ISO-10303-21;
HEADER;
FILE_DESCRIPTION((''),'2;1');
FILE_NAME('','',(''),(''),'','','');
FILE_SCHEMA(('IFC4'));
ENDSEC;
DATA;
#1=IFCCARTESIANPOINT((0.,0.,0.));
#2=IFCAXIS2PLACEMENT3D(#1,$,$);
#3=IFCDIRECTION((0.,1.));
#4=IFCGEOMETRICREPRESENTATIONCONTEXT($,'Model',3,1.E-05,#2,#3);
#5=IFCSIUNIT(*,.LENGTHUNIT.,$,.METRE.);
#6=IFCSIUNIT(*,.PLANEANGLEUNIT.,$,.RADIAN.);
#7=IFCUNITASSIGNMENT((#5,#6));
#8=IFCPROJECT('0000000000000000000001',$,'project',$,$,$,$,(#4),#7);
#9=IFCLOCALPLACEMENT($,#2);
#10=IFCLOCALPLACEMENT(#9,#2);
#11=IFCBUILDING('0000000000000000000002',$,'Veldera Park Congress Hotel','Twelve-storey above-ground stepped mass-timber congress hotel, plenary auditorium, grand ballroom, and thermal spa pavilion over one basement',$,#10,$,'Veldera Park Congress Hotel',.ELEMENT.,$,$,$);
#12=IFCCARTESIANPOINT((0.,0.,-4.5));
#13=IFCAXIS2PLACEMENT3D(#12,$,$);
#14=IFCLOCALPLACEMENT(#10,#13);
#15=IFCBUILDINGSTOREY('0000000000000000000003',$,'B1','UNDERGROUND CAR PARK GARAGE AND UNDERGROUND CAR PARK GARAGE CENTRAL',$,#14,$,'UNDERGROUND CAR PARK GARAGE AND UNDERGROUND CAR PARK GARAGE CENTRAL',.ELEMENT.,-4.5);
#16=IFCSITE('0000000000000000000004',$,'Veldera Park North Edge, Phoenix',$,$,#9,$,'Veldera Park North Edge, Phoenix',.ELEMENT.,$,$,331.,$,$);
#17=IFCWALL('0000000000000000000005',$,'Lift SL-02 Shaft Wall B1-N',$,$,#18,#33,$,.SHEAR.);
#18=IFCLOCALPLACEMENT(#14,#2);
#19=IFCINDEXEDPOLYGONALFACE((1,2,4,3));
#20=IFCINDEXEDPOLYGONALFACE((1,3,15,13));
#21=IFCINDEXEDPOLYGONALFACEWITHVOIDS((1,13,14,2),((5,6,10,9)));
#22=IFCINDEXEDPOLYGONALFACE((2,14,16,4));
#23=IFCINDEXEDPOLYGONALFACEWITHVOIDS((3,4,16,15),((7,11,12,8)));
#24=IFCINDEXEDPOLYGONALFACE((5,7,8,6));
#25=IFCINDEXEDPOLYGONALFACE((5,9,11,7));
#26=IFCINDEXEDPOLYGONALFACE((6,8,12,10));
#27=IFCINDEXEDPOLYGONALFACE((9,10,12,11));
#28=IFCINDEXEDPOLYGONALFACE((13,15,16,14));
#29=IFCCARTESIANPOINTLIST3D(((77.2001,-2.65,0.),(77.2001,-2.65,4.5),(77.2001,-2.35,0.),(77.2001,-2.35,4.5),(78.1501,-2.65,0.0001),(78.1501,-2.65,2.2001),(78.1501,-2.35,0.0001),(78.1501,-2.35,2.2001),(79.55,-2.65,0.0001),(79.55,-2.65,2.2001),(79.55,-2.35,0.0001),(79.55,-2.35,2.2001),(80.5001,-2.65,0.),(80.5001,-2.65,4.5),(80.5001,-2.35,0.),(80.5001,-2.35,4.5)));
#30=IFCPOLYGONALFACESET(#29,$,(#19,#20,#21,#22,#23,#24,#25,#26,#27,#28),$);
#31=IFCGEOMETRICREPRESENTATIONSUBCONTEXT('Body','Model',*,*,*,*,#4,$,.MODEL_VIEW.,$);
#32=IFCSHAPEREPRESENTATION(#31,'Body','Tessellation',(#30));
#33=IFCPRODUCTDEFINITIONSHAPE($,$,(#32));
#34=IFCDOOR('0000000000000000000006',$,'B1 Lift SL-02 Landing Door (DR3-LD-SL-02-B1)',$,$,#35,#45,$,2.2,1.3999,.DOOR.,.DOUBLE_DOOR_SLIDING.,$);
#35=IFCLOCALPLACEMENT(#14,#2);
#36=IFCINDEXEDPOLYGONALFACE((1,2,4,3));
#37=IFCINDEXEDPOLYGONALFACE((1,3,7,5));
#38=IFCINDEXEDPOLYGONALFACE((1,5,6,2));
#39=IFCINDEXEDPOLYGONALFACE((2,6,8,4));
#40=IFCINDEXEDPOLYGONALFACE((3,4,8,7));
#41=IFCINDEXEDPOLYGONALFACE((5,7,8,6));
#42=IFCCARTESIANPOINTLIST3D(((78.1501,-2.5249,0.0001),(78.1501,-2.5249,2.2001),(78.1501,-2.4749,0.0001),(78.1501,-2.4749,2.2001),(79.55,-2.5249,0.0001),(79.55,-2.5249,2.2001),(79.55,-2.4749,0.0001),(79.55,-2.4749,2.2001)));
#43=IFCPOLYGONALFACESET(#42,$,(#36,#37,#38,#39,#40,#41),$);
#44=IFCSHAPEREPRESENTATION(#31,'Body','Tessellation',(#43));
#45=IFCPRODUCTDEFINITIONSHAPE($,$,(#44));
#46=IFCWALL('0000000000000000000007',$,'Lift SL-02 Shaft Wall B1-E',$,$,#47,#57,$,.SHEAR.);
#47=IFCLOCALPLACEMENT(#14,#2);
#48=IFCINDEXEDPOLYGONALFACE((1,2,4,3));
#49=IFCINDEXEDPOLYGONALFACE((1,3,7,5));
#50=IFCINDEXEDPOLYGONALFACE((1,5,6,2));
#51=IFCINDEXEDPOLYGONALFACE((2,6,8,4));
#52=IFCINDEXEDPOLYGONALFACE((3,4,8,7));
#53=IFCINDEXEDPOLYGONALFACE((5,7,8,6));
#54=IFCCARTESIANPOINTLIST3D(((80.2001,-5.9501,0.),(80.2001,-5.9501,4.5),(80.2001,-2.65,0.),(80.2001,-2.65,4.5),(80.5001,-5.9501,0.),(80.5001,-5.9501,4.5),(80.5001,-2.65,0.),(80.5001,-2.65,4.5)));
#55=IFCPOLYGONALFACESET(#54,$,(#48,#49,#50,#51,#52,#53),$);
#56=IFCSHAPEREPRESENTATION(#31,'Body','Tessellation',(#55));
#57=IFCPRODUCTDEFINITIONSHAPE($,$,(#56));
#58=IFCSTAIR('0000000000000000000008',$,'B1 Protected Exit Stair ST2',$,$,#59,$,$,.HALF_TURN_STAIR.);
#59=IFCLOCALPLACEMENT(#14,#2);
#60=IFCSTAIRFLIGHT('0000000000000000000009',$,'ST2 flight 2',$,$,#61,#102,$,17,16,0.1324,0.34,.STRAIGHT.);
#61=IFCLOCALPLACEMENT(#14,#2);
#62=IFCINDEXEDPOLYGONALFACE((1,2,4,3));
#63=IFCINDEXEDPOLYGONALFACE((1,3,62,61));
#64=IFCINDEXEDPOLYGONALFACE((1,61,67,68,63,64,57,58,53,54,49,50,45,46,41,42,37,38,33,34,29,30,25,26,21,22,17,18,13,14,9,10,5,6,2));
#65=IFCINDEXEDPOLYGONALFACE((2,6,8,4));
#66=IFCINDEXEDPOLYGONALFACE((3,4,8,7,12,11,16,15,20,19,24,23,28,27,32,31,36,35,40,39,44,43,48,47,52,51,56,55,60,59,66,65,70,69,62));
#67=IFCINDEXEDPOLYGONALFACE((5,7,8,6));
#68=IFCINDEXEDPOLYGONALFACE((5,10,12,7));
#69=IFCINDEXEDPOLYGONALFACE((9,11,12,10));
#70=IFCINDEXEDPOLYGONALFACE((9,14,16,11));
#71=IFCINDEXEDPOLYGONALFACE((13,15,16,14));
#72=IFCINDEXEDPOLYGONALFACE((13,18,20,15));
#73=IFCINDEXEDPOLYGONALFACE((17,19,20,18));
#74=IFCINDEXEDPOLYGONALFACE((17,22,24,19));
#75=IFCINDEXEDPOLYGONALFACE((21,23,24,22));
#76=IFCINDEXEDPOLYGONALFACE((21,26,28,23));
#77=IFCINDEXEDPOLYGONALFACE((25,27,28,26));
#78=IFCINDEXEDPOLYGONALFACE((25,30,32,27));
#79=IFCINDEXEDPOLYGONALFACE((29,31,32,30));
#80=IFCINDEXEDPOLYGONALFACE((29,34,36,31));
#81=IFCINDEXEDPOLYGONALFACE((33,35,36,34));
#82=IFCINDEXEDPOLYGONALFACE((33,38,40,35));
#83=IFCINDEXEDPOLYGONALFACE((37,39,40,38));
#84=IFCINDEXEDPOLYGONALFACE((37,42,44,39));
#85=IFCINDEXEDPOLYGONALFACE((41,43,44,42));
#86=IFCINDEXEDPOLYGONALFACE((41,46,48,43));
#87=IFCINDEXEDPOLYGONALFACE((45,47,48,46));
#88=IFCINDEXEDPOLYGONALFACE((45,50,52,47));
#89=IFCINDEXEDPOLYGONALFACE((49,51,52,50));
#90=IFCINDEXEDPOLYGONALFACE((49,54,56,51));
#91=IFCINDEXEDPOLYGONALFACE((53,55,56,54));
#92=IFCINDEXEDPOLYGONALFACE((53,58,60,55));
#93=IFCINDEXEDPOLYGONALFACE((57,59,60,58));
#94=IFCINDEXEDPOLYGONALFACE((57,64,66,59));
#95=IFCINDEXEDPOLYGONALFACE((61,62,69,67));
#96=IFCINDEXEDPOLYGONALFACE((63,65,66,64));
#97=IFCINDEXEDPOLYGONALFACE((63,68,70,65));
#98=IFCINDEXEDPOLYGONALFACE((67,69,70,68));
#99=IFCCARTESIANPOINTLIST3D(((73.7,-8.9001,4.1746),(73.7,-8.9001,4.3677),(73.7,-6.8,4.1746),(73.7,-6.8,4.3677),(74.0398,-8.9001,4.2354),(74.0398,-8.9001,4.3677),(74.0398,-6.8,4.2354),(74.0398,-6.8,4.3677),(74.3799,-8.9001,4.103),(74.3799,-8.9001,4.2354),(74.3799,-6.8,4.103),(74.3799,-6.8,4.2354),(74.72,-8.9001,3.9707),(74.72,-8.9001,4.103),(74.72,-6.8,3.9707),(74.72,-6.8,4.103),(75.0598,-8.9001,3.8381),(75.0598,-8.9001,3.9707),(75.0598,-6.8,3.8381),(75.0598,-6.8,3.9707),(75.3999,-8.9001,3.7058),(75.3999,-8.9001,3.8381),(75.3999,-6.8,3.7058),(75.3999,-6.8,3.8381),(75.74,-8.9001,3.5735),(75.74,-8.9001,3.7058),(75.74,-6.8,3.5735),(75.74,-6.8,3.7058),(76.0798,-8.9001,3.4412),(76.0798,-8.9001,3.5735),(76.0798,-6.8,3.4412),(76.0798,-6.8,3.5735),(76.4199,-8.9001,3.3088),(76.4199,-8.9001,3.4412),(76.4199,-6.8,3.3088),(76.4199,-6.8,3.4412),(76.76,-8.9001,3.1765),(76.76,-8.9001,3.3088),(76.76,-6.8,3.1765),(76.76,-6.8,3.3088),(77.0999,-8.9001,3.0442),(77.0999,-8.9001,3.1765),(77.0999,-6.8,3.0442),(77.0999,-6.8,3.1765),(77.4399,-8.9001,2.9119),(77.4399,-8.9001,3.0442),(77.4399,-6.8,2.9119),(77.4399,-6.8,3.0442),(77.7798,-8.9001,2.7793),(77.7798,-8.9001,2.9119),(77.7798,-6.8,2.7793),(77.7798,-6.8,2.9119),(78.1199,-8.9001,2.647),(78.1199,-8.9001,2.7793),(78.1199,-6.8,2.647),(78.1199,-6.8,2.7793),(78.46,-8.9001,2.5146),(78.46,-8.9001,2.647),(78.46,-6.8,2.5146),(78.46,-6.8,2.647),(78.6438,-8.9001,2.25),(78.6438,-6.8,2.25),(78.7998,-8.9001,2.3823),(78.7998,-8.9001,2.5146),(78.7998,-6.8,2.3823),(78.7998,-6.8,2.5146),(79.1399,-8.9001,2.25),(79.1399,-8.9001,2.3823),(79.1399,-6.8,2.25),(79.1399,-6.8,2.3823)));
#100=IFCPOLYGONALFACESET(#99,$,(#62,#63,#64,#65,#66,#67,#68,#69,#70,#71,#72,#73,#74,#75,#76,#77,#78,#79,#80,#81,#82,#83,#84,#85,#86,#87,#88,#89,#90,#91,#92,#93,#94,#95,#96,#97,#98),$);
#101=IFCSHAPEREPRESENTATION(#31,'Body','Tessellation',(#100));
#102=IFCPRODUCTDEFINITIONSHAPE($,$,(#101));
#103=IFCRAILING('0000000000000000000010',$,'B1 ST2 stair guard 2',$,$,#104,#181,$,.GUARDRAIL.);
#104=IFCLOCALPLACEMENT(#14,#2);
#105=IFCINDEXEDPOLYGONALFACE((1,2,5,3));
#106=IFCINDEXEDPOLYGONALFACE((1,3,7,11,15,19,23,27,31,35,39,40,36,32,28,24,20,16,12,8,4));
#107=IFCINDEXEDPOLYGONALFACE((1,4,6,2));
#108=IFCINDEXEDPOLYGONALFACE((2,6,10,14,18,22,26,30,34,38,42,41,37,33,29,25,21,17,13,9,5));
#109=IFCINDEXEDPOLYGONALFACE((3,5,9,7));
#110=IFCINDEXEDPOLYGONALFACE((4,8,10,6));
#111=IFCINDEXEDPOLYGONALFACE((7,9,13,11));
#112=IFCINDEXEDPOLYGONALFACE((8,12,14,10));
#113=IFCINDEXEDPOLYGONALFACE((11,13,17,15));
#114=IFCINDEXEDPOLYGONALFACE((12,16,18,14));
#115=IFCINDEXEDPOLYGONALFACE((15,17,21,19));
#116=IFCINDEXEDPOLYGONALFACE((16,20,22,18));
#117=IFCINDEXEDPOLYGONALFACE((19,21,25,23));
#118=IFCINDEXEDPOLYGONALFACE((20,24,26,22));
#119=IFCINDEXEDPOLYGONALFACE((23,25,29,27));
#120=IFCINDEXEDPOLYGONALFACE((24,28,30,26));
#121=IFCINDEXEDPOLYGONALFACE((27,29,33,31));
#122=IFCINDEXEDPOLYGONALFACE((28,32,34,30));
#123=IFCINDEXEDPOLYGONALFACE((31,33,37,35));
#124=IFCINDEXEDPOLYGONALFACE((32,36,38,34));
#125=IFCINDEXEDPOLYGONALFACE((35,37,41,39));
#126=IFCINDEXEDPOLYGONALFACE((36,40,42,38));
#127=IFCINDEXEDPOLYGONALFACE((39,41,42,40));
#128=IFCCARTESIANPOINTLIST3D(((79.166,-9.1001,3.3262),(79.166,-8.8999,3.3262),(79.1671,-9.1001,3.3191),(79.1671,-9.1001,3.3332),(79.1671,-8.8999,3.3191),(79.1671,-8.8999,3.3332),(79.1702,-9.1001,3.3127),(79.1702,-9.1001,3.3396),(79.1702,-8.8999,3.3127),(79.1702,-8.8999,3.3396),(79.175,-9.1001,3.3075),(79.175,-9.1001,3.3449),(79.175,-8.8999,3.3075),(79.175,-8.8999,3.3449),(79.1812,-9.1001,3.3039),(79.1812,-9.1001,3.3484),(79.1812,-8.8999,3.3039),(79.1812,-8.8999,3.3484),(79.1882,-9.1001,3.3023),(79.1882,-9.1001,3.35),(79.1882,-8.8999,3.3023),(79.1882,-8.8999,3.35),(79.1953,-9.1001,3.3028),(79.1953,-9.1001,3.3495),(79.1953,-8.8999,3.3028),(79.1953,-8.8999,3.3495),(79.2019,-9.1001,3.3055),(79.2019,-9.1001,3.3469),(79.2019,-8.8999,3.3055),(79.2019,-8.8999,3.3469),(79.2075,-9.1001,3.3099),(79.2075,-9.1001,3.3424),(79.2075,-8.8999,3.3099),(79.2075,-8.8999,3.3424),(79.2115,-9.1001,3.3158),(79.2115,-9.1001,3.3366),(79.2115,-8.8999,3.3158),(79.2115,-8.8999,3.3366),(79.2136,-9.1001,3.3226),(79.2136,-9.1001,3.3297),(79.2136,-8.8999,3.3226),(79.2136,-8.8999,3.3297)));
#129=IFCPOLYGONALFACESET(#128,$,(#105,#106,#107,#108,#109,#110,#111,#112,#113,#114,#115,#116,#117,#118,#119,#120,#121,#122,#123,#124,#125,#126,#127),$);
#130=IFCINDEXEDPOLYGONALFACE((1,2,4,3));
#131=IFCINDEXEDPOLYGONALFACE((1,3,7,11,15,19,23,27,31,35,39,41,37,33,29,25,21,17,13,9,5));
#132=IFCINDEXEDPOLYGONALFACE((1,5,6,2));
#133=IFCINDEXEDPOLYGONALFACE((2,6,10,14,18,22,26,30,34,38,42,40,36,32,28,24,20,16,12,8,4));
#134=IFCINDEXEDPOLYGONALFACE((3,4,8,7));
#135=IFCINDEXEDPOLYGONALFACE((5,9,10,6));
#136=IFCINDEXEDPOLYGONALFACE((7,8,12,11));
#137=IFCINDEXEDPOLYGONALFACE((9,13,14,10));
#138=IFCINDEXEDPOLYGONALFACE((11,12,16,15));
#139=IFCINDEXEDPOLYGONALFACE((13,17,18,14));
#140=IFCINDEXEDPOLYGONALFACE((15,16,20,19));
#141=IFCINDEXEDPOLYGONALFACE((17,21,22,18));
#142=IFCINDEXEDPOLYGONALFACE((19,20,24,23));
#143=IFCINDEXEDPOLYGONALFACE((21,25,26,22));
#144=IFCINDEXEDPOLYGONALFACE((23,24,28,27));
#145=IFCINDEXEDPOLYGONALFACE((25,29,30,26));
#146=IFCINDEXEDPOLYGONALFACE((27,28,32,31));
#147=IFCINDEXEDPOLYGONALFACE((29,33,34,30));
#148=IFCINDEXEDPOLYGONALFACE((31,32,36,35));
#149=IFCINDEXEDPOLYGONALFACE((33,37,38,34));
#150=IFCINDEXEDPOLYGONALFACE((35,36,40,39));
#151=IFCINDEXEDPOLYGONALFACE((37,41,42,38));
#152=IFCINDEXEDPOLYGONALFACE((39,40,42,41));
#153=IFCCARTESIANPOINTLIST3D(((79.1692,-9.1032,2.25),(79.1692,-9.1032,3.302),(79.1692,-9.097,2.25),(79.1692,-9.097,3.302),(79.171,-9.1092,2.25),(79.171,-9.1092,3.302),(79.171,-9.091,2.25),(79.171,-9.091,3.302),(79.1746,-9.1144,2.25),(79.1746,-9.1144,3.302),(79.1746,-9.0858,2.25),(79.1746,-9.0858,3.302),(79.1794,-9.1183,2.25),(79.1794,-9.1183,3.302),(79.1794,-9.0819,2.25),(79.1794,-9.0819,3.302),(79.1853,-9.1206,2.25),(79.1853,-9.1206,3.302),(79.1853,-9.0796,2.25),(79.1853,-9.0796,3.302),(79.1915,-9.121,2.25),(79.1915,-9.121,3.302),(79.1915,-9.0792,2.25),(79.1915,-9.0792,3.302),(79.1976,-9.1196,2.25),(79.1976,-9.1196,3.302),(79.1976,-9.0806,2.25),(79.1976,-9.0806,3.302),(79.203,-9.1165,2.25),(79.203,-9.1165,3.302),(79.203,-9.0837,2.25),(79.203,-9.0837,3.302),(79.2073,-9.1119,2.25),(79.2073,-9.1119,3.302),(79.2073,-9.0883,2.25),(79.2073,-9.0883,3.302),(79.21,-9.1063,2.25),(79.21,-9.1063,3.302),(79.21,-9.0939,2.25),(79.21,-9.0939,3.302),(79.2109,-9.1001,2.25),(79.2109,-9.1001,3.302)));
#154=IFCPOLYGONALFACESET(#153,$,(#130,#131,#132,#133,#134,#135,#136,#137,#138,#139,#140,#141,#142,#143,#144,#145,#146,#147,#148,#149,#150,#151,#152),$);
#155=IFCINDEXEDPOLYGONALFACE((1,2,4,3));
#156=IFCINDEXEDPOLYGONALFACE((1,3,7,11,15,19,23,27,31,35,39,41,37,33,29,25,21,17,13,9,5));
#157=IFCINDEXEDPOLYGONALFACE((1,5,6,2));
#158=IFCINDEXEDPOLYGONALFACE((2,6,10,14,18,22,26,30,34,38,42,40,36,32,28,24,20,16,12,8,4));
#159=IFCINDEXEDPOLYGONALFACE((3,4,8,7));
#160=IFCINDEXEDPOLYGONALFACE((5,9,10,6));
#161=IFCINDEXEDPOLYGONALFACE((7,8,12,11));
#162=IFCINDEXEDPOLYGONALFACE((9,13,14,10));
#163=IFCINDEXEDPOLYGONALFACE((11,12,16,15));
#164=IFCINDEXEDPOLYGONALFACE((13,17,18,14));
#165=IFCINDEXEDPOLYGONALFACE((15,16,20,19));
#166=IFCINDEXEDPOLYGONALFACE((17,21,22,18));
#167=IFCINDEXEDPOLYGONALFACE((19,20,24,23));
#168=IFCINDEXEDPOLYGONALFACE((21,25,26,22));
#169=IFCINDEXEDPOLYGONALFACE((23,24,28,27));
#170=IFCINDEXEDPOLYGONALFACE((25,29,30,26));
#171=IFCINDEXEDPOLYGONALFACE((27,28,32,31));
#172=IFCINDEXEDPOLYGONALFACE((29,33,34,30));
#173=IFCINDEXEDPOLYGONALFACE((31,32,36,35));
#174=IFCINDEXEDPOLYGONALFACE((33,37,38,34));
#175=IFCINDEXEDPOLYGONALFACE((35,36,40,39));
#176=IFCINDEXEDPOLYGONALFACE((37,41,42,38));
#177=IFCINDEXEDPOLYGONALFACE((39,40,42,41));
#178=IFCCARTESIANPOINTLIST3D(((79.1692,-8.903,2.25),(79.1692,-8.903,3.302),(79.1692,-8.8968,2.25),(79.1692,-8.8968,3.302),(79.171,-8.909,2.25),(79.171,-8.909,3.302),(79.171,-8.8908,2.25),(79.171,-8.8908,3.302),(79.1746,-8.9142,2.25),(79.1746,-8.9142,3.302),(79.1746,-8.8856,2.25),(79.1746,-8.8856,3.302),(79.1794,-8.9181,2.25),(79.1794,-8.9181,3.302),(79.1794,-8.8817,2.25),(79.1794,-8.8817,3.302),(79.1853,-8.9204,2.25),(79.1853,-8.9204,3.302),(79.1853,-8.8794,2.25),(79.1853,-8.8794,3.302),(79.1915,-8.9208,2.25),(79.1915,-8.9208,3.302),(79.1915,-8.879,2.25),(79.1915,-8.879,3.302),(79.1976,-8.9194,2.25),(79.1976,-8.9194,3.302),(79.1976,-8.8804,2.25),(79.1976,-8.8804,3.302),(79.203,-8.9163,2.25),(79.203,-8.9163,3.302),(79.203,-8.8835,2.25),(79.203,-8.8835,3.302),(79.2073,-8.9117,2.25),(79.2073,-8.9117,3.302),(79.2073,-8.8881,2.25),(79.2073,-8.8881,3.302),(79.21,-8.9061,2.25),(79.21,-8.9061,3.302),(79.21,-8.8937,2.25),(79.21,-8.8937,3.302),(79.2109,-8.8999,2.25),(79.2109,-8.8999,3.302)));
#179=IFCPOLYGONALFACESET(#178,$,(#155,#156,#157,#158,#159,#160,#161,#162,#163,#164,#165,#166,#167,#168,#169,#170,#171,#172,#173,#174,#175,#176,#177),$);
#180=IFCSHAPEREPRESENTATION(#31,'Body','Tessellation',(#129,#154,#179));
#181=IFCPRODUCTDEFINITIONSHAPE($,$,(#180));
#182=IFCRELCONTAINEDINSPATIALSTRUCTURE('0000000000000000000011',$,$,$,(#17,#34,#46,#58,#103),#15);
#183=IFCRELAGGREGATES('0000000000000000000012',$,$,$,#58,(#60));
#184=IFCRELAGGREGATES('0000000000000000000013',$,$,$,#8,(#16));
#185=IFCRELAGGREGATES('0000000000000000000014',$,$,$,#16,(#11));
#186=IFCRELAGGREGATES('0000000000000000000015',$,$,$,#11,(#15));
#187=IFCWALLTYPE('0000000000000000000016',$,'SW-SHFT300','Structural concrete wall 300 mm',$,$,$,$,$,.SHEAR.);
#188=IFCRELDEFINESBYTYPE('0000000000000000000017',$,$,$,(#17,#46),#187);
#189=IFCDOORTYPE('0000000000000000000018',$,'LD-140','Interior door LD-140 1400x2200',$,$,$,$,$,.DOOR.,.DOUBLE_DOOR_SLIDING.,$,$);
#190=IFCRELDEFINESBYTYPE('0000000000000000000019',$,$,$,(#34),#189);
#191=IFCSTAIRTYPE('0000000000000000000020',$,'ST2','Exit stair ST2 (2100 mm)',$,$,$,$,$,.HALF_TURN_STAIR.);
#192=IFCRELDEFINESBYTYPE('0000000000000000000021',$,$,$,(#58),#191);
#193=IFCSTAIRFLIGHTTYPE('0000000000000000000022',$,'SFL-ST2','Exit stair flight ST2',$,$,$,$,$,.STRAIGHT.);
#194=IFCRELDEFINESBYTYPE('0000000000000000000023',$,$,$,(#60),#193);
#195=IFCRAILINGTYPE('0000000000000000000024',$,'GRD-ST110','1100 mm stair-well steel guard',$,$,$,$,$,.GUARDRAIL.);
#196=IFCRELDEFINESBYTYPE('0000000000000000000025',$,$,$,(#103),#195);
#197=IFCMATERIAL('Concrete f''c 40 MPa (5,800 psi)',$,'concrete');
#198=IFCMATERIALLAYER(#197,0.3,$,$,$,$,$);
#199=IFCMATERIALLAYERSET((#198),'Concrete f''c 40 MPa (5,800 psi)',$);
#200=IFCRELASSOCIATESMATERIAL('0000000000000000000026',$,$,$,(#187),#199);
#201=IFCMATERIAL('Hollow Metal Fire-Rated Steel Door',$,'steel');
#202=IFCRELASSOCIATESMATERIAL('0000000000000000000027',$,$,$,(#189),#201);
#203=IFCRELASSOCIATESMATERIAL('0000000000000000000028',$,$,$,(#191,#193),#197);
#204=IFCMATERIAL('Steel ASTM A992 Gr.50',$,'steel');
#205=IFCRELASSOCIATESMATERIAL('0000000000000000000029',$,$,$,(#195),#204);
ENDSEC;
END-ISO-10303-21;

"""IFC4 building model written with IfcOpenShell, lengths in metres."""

from ifc_helpers import new_model, si_unit, direction, frame, frame_2d, origin, origin_2d, place, context, subcontext, project, spatial, polyline, rectangle, circle, outline, extrude, material, layer, layer_set, type_object, element, fill, aggregate, save


model = new_model("IFC4")

# Units and contexts
model_context = context("Model", 3, precision=1e-05, world=origin(), true_north=direction((0.0, 1.0)))
body_context = subcontext(model_context, "Body", "Model", "MODEL_VIEW")
ifc_project = project(units=[si_unit("LENGTHUNIT", "METRE"), si_unit("PLANEANGLEUNIT", "RADIAN")], contexts=[model_context])

# Site, building, storey
site_placement = place(None, origin())
site = spatial("IfcSite", under=ifc_project, at=site_placement, Name="Veldera Park North Edge, Phoenix", LongName="Veldera Park North Edge, Phoenix", CompositionType="ELEMENT", RefElevation=331.0)
building_placement = place(site_placement, origin())
building = spatial("IfcBuilding", under=site, at=building_placement, Name="Veldera Park Congress Hotel", Description="Twelve-storey above-ground stepped mass-timber congress hotel, plenary auditorium, grand ballroom, and thermal spa pavilion over one basement", LongName="Veldera Park Congress Hotel", CompositionType="ELEMENT")
storey_placement = place(building_placement, frame((0.0, 0.0, -4.5)))
storey = spatial("IfcBuildingStorey", under=building, at=storey_placement, Name="B1", Description="UNDERGROUND CAR PARK GARAGE AND UNDERGROUND CAR PARK GARAGE CENTRAL", LongName="UNDERGROUND CAR PARK GARAGE AND UNDERGROUND CAR PARK GARAGE CENTRAL", CompositionType="ELEMENT", Elevation=-4.5)

# Shared definitions
ifc_material_1 = material(Name="Concrete f'c 40 MPa (5,800 psi)", Category="concrete")

# Wall, opening, door
ifc_layer_1 = layer(ifc_material_1, 0.3)
ifc_layer_set_1 = layer_set([ifc_layer_1], Name="Concrete f'c 40 MPa (5,800 psi)")
wall_type_1 = type_object("IfcWallType", Name="SW-SHFT300", Description="Structural concrete wall 300 mm", PredefinedType="SHEAR", material=ifc_layer_set_1)
wall_1_placement = place(storey_placement, frame((80.5, -2.5, 0.0), z_axis=(0.0, 0.0, 1.0), x_axis=(-1.0, 0.0, 0.0)))
wall_1 = element("IfcWall", 1, at=wall_1_placement, inside=storey, type_object=wall_type_1, Name="Lift SL-02 Shaft Wall B1-N", PredefinedType="SHEAR", context=body_context, shape_type="SweptSolid", body=[
    extrude(rectangle(XDim=3.3, YDim=0.3, at=frame_2d((1.6499, 0.0))), origin(), (0.0, 0.0, 1.0), 4.5),
])
opening_placement = place(wall_1_placement, frame((0.95, 0.0, 0.0)))
opening = element("IfcOpeningElement", 2, at=opening_placement, cuts=wall_1, PredefinedType="OPENING", context=body_context, shape_type="SweptSolid", body=[
    extrude(rectangle(XDim=1.3999, YDim=2.2, at=frame_2d((0.7, 1.1001))), frame((0.0, 0.1621, 0.0), z_axis=(0.0, -1.0, 0.0), x_axis=(1.0, 0.0, 0.0)), (0.0, 0.0, 1.0), 0.324),
])
ifc_material_2 = material(Name="Hollow Metal Fire-Rated Steel Door", Category="steel")
door_type = type_object("IfcDoorType", Name="LD-140", Description="Interior door LD-140 1400x2200", OperationType="DOUBLE_DOOR_SLIDING", PredefinedType="DOOR", material=ifc_material_2)
door_placement = place(opening_placement, origin())
door = element("IfcDoor", 3, at=door_placement, inside=storey, type_object=door_type, Name="B1 Lift SL-02 Landing Door (DR3-LD-SL-02-B1)", OperationType="DOUBLE_DOOR_SLIDING", OverallHeight=2.2, OverallWidth=1.3999, PredefinedType="DOOR", context=body_context, shape_type="SweptSolid", body=[
    extrude(rectangle(XDim=1.3999, YDim=2.2, at=frame_2d((0.7, 1.1001))), frame((0.0, 0.0249, 0.0), z_axis=(0.0, -1.0, 0.0), x_axis=(1.0, 0.0, 0.0)), (0.0, 0.0, 1.0), 0.05),
])
fill(opening, door)

# Wall
wall_2_placement = place(storey_placement, frame((80.3501, -5.95, 0.0), z_axis=(0.0, 0.0, 1.0), x_axis=(0.0, 1.0, 0.0)))
element("IfcWall", 4, at=wall_2_placement, inside=storey, type_object=wall_type_1, Name="Lift SL-02 Shaft Wall B1-E", PredefinedType="SHEAR", context=body_context, shape_type="SweptSolid", body=[
    extrude(rectangle(XDim=3.3, YDim=0.3, at=frame_2d((1.6499, 0.0))), origin(), (0.0, 0.0, 1.0), 4.5),
])

# Stair, stair flight
stair_type = type_object("IfcStairType", Name="ST2", Description="Exit stair ST2 (2100 mm)", PredefinedType="HALF_TURN_STAIR", material=ifc_material_1)
stair_placement = place(storey_placement, origin())
stair = element("IfcStair", 5, at=stair_placement, inside=storey, type_object=stair_type, Name="B1 Protected Exit Stair ST2", PredefinedType="HALF_TURN_STAIR")
stair_flight_type = type_object("IfcStairFlightType", Name="SFL-ST2", Description="Exit stair flight ST2", PredefinedType="STRAIGHT", material=ifc_material_1)
stair_flight_placement = place(storey_placement, frame((79.1399, -7.8501, 2.25), z_axis=(0.0, 0.0, 1.0), x_axis=(-1.0, 0.0, 0.0)))
stair_flight = element("IfcStairFlight", 6, at=stair_flight_placement, type_object=stair_flight_type, Name="ST2 flight 2", NumberOfRisers=17, NumberOfTreads=16, PredefinedType="STRAIGHT", RiserHeight=0.1324, TreadLength=0.34, context=body_context, shape_type="SweptSolid", body=[
    extrude(outline(polyline([(0.0, 0.0), (0.0, 0.1323), (0.3401, 0.1323), (0.3401, 0.2646), (0.6799, 0.2646), (0.6799, 0.397), (1.02, 0.397), (1.02, 0.5293), (1.3601, 0.5293), (1.3601, 0.6619), (1.7, 0.6619), (1.7, 0.7942), (2.04, 0.7942), (2.04, 0.9265), (2.3799, 0.9265), (2.3799, 1.0588), (2.72, 1.0588), (2.72, 1.1912), (3.0601, 1.1912), (3.0601, 1.3235), (3.3999, 1.3235), (3.3999, 1.4558), (3.74, 1.4558), (3.74, 1.5881), (4.0801, 1.5881), (4.0801, 1.7207), (4.4199, 1.7207), (4.4199, 1.853), (4.76, 1.853), (4.76, 1.9854), (5.1001, 1.9854), (5.1001, 2.1177), (5.4399, 2.1177), (5.4399, 2.25), (5.4399, 2.25), (5.4399, 1.9246), (0.4961, 0.0), (0.0, 0.0)])), frame((0.0, 1.05, 0.0), z_axis=(0.0, -1.0, 0.0), x_axis=(1.0, 0.0, 0.0)), (0.0, 0.0, 1.0), 2.1001),
])
aggregate(stair, [stair_flight])

# Railing
ifc_material_3 = material(Name="Steel ASTM A992 Gr.50", Category="steel")
railing_type_1 = type_object("IfcRailingType", Name="GRD-ST110", Description="1100 mm stair-well steel guard", PredefinedType="GUARDRAIL", material=ifc_material_3)
railing_1_placement = place(storey_placement, frame((79.1899, -9.1001, 2.25)))
element("IfcRailing", 7, at=railing_1_placement, inside=storey, type_object=railing_type_1, Name="B1 ST2 stair guard 2", PredefinedType="GUARDRAIL", context=body_context, shape_type="SweptSolid", body=[
    extrude(circle(Radius=0.0239, at=origin_2d()), frame((0.0, 0.0, 1.0762), z_axis=(0.0, 1.0, 0.0), x_axis=(-1.0, 0.0, 0.0)), (0.0, 0.0, 1.0), 0.2002),
    extrude(circle(Radius=0.021, at=origin_2d()), origin(), (0.0, 0.0, 1.0), 1.052),
    extrude(circle(Radius=0.021, at=origin_2d()), frame((0.0, 0.2002, 0.0)), (0.0, 0.0, 1.0), 1.052),
])

save(model, "model.ifc")
